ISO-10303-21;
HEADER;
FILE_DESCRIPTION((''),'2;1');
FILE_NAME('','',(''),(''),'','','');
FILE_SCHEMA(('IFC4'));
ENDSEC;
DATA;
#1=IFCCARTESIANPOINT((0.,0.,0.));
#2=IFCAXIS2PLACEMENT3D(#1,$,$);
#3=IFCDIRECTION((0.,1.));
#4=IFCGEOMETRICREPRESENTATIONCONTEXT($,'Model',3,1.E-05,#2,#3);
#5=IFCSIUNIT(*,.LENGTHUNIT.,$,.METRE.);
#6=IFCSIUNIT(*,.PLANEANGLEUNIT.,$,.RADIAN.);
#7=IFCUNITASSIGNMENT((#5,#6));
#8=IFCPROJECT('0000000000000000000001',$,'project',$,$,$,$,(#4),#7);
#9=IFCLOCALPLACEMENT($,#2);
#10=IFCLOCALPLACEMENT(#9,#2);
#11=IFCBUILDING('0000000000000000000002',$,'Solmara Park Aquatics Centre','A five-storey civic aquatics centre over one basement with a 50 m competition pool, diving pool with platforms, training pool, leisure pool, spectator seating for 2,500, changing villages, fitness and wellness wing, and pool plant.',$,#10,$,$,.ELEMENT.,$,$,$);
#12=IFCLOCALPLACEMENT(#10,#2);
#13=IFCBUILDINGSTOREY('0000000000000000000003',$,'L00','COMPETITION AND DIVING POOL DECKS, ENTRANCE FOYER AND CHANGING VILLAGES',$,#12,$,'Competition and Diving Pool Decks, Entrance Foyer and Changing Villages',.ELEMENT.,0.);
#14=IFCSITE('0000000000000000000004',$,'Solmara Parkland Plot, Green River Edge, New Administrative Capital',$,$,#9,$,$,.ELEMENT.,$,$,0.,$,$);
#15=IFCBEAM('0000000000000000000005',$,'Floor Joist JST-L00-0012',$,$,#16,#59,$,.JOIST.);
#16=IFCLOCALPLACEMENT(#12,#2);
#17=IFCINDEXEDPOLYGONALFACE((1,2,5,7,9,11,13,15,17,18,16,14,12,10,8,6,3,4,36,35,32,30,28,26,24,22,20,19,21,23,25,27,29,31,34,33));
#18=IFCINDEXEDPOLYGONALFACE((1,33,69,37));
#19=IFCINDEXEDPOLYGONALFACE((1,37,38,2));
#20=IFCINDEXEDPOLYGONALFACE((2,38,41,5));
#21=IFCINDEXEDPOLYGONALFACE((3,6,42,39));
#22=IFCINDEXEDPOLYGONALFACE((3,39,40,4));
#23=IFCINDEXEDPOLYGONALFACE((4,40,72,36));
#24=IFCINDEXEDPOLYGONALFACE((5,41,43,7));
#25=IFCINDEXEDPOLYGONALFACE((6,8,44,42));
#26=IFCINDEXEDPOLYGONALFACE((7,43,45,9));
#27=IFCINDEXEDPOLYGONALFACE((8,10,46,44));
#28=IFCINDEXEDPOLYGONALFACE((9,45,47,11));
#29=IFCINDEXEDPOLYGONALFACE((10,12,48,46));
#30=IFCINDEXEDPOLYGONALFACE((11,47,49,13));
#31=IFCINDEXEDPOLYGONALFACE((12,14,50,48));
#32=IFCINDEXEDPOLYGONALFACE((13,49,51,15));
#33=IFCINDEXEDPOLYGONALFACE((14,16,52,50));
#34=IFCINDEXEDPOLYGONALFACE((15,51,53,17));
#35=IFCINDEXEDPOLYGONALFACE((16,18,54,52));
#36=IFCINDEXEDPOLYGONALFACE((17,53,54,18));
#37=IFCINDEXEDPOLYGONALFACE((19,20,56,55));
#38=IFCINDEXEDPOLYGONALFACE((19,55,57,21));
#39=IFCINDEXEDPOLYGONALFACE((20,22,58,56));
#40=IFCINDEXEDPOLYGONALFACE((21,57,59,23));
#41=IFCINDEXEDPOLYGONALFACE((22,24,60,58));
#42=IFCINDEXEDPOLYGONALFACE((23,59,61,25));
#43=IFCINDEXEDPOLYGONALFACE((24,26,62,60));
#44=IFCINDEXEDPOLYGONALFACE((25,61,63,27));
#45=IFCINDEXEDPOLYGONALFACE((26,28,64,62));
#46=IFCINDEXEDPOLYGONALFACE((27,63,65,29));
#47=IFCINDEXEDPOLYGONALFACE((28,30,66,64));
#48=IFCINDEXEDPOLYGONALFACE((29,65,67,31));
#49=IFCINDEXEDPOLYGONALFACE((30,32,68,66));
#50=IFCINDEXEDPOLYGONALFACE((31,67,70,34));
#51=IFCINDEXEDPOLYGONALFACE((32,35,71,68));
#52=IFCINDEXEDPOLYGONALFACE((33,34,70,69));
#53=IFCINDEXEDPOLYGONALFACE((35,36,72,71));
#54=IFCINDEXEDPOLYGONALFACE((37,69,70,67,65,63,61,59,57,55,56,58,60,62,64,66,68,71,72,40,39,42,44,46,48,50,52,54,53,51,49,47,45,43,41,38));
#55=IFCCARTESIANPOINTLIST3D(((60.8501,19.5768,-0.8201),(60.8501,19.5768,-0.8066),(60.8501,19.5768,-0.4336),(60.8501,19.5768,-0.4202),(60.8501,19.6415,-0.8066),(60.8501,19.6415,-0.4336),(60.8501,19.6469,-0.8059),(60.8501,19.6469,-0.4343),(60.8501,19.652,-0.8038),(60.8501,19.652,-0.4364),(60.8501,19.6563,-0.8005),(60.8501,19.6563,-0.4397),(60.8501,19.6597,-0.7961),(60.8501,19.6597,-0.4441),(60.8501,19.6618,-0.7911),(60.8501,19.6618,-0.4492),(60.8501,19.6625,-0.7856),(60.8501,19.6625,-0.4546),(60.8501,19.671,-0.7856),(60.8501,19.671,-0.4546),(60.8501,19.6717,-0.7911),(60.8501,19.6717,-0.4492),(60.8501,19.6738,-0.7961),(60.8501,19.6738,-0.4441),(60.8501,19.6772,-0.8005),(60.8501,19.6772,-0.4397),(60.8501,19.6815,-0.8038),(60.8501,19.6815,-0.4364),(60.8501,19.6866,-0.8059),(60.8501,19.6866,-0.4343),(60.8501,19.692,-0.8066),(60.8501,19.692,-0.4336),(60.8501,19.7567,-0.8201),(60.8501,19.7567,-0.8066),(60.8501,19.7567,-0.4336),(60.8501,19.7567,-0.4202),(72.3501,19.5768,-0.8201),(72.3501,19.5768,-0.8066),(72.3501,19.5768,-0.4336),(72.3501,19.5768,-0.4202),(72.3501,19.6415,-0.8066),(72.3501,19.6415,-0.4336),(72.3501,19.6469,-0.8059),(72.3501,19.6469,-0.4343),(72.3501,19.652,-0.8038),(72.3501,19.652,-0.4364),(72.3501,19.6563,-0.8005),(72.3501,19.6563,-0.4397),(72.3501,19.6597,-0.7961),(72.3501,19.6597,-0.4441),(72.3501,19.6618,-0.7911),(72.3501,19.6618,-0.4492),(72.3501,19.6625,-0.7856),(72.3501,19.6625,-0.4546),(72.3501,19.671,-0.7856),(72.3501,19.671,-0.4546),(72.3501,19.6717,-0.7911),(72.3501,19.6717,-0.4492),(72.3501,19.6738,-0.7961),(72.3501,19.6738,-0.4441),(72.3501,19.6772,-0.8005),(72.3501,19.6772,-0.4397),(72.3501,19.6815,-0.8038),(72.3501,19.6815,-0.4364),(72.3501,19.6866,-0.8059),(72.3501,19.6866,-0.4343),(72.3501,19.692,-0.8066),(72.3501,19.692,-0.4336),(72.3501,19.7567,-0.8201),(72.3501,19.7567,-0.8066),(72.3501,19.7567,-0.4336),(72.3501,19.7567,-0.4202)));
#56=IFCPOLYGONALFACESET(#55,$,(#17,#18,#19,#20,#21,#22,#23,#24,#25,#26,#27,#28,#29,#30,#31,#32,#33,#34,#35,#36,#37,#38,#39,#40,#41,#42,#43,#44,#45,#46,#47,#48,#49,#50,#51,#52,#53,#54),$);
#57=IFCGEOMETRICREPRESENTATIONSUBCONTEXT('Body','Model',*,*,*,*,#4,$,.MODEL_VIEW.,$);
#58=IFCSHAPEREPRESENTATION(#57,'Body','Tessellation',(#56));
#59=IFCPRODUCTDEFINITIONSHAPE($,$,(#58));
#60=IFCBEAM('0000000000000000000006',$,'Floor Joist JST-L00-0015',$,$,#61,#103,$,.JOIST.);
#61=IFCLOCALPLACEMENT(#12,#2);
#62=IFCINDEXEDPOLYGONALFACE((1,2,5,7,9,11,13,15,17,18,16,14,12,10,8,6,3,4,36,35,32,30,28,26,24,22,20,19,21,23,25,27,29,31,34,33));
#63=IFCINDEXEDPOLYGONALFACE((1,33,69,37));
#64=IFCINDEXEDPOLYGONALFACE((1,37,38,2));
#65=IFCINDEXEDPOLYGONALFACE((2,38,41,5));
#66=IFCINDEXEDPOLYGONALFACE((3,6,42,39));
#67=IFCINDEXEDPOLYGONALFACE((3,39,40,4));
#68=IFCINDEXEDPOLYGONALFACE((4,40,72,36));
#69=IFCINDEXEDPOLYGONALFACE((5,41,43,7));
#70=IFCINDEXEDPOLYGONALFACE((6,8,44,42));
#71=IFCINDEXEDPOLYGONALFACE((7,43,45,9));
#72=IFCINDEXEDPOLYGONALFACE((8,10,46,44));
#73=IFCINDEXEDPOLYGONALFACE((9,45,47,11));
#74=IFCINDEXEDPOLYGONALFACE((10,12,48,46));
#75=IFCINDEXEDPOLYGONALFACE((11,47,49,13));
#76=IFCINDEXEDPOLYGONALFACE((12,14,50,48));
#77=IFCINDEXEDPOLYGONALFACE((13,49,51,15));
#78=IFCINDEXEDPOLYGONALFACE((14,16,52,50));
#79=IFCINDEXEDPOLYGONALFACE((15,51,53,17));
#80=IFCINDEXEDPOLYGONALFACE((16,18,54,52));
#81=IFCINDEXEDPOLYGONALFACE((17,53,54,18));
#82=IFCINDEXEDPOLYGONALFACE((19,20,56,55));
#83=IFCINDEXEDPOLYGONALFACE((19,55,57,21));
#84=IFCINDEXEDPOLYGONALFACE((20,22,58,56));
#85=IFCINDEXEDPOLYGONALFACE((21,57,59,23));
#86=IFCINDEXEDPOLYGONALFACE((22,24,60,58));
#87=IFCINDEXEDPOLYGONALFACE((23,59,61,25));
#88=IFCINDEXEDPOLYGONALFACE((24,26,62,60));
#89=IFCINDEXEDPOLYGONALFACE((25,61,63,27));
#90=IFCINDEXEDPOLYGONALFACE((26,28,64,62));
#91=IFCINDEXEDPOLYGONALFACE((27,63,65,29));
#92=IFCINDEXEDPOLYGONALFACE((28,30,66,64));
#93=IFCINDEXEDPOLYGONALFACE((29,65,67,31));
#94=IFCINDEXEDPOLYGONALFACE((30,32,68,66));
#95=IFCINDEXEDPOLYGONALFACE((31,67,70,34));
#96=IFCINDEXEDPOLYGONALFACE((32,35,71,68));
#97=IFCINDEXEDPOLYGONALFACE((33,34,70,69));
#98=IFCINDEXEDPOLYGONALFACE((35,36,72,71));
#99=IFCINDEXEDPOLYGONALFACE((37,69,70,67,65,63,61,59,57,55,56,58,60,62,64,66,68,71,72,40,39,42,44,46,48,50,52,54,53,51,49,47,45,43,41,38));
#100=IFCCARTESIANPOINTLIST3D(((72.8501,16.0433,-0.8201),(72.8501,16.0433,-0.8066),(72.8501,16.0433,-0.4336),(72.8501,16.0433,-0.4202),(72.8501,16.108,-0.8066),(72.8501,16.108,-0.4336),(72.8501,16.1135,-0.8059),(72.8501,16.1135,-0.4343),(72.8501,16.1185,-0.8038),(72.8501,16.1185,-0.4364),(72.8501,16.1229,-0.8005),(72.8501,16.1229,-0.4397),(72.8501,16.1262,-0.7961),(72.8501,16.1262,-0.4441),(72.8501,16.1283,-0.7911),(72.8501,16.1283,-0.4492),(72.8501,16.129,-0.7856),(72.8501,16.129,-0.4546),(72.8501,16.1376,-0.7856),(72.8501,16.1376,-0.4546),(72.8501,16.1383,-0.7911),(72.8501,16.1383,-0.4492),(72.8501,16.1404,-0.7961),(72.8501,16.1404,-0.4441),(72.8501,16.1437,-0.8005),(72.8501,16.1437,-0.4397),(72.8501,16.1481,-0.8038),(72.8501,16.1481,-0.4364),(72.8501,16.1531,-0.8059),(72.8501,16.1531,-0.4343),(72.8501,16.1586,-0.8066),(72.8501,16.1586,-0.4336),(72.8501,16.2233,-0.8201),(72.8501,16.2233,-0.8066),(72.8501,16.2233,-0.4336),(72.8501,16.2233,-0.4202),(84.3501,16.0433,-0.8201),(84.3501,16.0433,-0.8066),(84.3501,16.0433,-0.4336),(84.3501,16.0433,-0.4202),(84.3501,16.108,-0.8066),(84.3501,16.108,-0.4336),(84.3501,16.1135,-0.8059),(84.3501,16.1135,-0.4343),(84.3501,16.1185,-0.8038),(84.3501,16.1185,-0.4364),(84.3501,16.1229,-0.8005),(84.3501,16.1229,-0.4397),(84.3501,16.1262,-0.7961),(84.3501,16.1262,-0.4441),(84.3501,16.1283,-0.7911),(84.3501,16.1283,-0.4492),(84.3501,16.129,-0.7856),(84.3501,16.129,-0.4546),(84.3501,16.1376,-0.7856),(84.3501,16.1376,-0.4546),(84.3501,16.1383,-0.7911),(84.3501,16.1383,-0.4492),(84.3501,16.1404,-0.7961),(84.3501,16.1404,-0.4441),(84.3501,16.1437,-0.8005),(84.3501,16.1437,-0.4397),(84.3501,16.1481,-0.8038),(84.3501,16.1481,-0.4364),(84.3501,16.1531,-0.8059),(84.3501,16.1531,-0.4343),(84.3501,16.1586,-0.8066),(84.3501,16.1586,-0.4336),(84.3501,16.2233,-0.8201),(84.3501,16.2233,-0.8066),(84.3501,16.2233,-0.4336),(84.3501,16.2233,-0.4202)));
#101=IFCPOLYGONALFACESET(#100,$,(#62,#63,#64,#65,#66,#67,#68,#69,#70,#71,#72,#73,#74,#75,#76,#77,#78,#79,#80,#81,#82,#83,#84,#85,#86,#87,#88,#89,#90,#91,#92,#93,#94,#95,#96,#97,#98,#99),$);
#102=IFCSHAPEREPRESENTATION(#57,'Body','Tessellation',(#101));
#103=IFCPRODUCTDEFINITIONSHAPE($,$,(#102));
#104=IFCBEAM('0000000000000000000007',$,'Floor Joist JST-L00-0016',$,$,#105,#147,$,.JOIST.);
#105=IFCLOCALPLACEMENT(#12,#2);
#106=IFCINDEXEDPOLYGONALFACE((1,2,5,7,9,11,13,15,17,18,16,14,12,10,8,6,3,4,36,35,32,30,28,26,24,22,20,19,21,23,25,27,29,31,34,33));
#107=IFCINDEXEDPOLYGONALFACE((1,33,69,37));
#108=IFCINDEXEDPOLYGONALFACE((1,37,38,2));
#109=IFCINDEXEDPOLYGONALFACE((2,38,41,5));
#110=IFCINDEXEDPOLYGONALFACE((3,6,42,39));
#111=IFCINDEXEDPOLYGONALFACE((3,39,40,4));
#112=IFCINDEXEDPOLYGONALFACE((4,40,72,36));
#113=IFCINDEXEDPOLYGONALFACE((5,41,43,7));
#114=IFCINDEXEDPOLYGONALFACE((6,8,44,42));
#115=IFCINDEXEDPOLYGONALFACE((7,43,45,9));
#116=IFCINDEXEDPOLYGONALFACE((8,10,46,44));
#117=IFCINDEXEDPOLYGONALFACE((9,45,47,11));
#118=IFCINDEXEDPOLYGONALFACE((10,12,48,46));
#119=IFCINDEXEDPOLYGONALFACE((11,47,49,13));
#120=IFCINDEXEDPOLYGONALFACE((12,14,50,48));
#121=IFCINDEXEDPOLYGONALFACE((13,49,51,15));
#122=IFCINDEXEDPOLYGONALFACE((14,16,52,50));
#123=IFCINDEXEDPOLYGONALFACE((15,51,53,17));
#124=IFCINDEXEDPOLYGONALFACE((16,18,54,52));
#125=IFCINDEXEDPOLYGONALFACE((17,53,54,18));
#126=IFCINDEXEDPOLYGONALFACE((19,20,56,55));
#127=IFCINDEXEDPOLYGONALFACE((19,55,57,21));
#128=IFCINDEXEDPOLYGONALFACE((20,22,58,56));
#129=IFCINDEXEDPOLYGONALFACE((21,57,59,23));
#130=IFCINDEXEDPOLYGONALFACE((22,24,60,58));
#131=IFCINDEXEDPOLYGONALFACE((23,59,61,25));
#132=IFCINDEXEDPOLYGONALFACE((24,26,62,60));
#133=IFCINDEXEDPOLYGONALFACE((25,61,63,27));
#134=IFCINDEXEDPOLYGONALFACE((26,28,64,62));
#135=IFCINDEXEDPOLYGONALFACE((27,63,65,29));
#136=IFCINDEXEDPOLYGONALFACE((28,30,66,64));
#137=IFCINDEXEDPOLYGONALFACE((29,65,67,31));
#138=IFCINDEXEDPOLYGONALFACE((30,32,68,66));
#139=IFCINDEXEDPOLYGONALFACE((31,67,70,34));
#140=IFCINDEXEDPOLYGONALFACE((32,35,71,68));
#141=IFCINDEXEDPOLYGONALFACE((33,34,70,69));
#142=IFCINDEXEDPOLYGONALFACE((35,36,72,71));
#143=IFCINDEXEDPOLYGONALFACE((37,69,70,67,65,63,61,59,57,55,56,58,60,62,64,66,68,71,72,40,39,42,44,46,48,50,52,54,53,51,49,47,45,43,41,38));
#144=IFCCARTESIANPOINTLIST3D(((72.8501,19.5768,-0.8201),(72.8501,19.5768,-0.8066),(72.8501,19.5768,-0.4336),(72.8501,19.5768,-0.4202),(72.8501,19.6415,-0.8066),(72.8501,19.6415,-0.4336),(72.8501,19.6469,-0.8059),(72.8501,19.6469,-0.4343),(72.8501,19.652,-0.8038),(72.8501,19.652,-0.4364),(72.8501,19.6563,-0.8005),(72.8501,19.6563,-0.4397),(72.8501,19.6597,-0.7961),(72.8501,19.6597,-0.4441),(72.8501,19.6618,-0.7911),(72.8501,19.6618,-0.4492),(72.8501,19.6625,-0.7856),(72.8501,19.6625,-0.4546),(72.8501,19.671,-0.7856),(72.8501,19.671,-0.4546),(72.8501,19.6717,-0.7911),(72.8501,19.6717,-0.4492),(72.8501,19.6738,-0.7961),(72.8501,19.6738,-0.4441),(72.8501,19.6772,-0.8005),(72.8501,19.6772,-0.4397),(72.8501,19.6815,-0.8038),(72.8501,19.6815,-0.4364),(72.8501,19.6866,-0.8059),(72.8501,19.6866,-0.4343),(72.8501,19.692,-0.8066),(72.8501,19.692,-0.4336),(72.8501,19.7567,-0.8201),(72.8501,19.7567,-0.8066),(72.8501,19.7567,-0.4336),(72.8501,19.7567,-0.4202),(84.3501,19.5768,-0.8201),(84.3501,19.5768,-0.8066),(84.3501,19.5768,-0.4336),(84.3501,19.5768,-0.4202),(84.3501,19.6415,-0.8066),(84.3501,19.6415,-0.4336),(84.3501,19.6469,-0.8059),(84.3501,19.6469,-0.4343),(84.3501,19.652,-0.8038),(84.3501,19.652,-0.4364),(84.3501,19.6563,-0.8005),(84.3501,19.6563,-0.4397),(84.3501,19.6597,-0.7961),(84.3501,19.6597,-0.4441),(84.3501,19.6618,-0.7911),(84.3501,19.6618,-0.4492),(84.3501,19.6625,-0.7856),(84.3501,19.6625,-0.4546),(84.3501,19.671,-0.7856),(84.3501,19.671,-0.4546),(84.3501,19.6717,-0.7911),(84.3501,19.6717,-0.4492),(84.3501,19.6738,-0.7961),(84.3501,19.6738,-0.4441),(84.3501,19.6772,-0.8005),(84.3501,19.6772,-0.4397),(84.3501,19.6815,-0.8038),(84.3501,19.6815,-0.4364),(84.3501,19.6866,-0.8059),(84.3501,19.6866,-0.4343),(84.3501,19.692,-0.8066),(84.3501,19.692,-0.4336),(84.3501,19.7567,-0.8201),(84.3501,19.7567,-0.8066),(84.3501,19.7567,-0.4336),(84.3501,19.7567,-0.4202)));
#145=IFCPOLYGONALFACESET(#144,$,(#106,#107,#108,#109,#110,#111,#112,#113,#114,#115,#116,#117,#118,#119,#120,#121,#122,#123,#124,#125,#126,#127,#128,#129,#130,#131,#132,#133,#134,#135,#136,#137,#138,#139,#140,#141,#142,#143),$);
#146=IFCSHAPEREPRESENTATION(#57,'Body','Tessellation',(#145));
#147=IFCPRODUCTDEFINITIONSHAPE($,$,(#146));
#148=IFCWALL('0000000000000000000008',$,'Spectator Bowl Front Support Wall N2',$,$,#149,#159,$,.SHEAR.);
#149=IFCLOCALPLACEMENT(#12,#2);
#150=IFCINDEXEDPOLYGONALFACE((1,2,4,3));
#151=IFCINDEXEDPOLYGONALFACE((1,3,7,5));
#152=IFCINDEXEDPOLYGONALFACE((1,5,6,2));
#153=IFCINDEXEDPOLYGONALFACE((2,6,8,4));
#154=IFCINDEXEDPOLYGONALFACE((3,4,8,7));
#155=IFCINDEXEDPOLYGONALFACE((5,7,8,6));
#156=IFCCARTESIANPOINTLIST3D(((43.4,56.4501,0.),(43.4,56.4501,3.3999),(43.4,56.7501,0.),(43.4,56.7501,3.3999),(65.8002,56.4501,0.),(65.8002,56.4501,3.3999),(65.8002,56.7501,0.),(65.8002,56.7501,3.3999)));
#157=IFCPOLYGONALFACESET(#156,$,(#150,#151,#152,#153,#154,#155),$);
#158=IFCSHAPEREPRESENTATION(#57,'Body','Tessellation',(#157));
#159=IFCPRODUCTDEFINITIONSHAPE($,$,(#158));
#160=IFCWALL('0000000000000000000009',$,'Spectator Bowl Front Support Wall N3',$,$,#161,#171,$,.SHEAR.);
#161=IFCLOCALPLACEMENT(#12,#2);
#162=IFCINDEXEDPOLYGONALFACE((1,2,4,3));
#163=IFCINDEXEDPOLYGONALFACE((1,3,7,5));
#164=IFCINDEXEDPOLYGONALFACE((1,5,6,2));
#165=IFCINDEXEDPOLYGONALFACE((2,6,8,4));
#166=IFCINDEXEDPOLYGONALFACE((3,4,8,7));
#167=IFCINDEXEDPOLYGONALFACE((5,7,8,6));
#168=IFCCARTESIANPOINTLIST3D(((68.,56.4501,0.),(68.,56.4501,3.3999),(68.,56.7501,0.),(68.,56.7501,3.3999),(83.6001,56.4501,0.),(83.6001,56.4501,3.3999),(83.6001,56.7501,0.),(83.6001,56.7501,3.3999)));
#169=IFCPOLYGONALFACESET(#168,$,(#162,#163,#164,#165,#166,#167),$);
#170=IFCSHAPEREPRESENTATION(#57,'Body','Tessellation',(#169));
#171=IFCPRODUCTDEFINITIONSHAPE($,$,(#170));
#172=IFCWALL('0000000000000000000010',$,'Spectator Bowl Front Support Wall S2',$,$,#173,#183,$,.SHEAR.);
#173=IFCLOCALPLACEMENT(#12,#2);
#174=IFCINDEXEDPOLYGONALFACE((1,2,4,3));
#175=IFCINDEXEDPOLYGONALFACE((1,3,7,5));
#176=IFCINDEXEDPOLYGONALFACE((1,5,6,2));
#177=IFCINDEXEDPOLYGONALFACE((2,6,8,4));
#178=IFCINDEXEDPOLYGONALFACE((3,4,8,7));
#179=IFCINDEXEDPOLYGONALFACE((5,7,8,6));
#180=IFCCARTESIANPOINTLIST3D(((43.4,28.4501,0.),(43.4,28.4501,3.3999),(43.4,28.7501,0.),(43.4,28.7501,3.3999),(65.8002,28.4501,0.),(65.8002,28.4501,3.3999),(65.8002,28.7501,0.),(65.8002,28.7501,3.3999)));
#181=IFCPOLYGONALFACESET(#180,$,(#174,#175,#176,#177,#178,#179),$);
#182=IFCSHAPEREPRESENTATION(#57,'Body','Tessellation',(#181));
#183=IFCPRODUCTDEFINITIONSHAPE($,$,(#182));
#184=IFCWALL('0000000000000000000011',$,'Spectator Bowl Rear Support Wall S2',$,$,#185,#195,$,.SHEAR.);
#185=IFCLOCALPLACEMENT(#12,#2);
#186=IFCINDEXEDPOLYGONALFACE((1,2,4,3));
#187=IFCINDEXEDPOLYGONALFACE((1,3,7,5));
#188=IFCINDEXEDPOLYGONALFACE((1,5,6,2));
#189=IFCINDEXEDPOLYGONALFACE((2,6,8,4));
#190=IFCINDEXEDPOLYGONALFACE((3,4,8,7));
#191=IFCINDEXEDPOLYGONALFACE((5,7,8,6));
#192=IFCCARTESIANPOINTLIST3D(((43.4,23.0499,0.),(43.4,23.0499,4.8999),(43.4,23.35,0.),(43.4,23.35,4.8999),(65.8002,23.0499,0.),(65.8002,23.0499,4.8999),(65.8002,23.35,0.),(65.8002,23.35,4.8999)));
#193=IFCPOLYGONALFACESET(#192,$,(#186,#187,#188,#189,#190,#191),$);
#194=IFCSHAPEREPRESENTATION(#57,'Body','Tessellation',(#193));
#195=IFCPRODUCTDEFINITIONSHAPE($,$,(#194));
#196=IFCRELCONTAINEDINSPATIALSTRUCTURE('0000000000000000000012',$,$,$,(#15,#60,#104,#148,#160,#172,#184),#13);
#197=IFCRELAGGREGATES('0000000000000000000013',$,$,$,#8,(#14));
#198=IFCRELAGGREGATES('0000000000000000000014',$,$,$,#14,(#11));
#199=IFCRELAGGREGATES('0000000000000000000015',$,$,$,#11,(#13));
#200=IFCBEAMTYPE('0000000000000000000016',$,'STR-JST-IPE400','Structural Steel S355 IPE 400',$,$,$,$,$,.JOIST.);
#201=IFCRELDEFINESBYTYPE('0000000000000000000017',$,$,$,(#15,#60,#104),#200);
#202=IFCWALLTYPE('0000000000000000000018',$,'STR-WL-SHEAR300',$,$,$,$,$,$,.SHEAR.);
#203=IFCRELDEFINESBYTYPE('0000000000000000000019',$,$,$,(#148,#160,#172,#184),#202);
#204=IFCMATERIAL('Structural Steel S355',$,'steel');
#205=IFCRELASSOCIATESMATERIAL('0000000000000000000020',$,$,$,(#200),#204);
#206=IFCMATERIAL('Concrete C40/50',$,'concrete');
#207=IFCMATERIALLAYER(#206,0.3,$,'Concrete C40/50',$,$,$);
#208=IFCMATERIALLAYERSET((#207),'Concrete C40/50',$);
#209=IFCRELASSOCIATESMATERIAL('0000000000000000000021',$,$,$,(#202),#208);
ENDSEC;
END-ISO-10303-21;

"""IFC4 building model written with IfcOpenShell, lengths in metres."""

from ifc_helpers import new_model, si_unit, direction, frame, frame_2d, origin, origin_2d, place, context, subcontext, project, spatial, rectangle, i_section, extrude, material, layer, layer_set, material_profile, profile_set, type_object, element, save


model = new_model("IFC4")

# Units and contexts
model_context = context("Model", 3, precision=1e-05, world=origin(), true_north=direction((0.0, 1.0)))
body_context = subcontext(model_context, "Body", "Model", "MODEL_VIEW")
ifc_project = project(units=[si_unit("LENGTHUNIT", "METRE"), si_unit("PLANEANGLEUNIT", "RADIAN")], contexts=[model_context])

# Site, building, storey
site_placement = place(None, origin())
site = spatial("IfcSite", under=ifc_project, at=site_placement, Name="Solmara Parkland Plot, Green River Edge, New Administrative Capital", CompositionType="ELEMENT", RefElevation=0.0)
building_placement = place(site_placement, origin())
building = spatial("IfcBuilding", under=site, at=building_placement, Name="Solmara Park Aquatics Centre", Description="A five-storey civic aquatics centre over one basement with a 50 m competition pool, diving pool with platforms, training pool, leisure pool, spectator seating for 2,500, changing villages, fitness and wellness wing, and pool plant.", CompositionType="ELEMENT")
storey_placement = place(building_placement, origin())
storey = spatial("IfcBuildingStorey", under=building, at=storey_placement, Name="L00", Description="COMPETITION AND DIVING POOL DECKS, ENTRANCE FOYER AND CHANGING VILLAGES", LongName="Competition and Diving Pool Decks, Entrance Foyer and Changing Villages", CompositionType="ELEMENT", Elevation=0.0)

# Shared definitions
ifc_material_1 = material(Name="Structural Steel S355", Category="steel")
ifc_material_2 = material(Name="Concrete C40/50", Category="concrete")

# Beams
ifc_material_profile_1 = material_profile(ifc_material_1, i_section(OverallWidth=0.1799, OverallDepth=0.3999, WebThickness=0.0085, FlangeThickness=0.0134, FilletRadius=0.021, at=origin_2d()), Name="IPE 400")
ifc_profile_set_1 = profile_set([ifc_material_profile_1], Name="Structural Steel S355")
beam_type = type_object("IfcBeamType", Name="STR-JST-IPE400", Description="Structural Steel S355 IPE 400", PredefinedType="JOIST", material=ifc_profile_set_1)
for number, where, z_axis, x_axis, name in (
    (1, (60.8501, 19.6667, -0.6201), (1.0, 0.0, 0.0), (0.0, 1.0, 0.0), "Floor Joist JST-L00-0012"),
    (2, (72.8501, 16.1333, -0.6201), (1.0, 0.0, 0.0), (0.0, 1.0, 0.0), "Floor Joist JST-L00-0015"),
    (3, (72.8501, 19.6667, -0.6201), (1.0, 0.0, 0.0), (0.0, 1.0, 0.0), "Floor Joist JST-L00-0016"),
):
    element("IfcBeam", number, at=place(storey_placement, frame(where, z_axis=z_axis, x_axis=x_axis)), inside=storey, type_object=beam_type, Name=name, PredefinedType="JOIST", context=body_context, shape_type="SweptSolid", body=[
        extrude(i_section(OverallWidth=0.1799, OverallDepth=0.3999, WebThickness=0.0085, FlangeThickness=0.0134, FilletRadius=0.021, at=origin_2d()), origin(), (0.0, 0.0, 1.0), 11.5),
    ])

# Walls
ifc_layer_1 = layer(ifc_material_2, 0.3, Name="Concrete C40/50")
ifc_layer_set_1 = layer_set([ifc_layer_1], Name="Concrete C40/50")
wall_type = type_object("IfcWallType", Name="STR-WL-SHEAR300", PredefinedType="SHEAR", material=ifc_layer_set_1)
wall_1_placement = place(storey_placement, frame((43.3999, 56.6001, 0.0), z_axis=(0.0, 0.0, 1.0), x_axis=(1.0, 0.0, 0.0)))
element("IfcWall", 4, at=wall_1_placement, inside=storey, type_object=wall_type, Name="Spectator Bowl Front Support Wall N2", PredefinedType="SHEAR", context=body_context, shape_type="SweptSolid", body=[
    extrude(rectangle(XDim=22.4001, YDim=0.3, at=frame_2d((11.2002, 0.0))), origin(), (0.0, 0.0, 1.0), 3.3999),
])
wall_2_placement = place(storey_placement, frame((68.0, 56.6001, 0.0), z_axis=(0.0, 0.0, 1.0), x_axis=(1.0, 0.0, 0.0)))
element("IfcWall", 5, at=wall_2_placement, inside=storey, type_object=wall_type, Name="Spectator Bowl Front Support Wall N3", PredefinedType="SHEAR", context=body_context, shape_type="SweptSolid", body=[
    extrude(rectangle(XDim=15.6001, YDim=0.3, at=frame_2d((7.8, 0.0))), origin(), (0.0, 0.0, 1.0), 3.3999),
])
wall_3_placement = place(storey_placement, frame((43.3999, 28.6001, 0.0), z_axis=(0.0, 0.0, 1.0), x_axis=(1.0, 0.0, 0.0)))
element("IfcWall", 6, at=wall_3_placement, inside=storey, type_object=wall_type, Name="Spectator Bowl Front Support Wall S2", PredefinedType="SHEAR", context=body_context, shape_type="SweptSolid", body=[
    extrude(rectangle(XDim=22.4001, YDim=0.3, at=frame_2d((11.2002, 0.0))), origin(), (0.0, 0.0, 1.0), 3.3999),
])
wall_4_placement = place(storey_placement, frame((43.3999, 23.2, 0.0), z_axis=(0.0, 0.0, 1.0), x_axis=(1.0, 0.0, 0.0)))
element("IfcWall", 7, at=wall_4_placement, inside=storey, type_object=wall_type, Name="Spectator Bowl Rear Support Wall S2", PredefinedType="SHEAR", context=body_context, shape_type="SweptSolid", body=[
    extrude(rectangle(XDim=22.4001, YDim=0.3, at=frame_2d((11.2002, 0.0))), origin(), (0.0, 0.0, 1.0), 4.8999),
])

save(model, "model.ifc")
